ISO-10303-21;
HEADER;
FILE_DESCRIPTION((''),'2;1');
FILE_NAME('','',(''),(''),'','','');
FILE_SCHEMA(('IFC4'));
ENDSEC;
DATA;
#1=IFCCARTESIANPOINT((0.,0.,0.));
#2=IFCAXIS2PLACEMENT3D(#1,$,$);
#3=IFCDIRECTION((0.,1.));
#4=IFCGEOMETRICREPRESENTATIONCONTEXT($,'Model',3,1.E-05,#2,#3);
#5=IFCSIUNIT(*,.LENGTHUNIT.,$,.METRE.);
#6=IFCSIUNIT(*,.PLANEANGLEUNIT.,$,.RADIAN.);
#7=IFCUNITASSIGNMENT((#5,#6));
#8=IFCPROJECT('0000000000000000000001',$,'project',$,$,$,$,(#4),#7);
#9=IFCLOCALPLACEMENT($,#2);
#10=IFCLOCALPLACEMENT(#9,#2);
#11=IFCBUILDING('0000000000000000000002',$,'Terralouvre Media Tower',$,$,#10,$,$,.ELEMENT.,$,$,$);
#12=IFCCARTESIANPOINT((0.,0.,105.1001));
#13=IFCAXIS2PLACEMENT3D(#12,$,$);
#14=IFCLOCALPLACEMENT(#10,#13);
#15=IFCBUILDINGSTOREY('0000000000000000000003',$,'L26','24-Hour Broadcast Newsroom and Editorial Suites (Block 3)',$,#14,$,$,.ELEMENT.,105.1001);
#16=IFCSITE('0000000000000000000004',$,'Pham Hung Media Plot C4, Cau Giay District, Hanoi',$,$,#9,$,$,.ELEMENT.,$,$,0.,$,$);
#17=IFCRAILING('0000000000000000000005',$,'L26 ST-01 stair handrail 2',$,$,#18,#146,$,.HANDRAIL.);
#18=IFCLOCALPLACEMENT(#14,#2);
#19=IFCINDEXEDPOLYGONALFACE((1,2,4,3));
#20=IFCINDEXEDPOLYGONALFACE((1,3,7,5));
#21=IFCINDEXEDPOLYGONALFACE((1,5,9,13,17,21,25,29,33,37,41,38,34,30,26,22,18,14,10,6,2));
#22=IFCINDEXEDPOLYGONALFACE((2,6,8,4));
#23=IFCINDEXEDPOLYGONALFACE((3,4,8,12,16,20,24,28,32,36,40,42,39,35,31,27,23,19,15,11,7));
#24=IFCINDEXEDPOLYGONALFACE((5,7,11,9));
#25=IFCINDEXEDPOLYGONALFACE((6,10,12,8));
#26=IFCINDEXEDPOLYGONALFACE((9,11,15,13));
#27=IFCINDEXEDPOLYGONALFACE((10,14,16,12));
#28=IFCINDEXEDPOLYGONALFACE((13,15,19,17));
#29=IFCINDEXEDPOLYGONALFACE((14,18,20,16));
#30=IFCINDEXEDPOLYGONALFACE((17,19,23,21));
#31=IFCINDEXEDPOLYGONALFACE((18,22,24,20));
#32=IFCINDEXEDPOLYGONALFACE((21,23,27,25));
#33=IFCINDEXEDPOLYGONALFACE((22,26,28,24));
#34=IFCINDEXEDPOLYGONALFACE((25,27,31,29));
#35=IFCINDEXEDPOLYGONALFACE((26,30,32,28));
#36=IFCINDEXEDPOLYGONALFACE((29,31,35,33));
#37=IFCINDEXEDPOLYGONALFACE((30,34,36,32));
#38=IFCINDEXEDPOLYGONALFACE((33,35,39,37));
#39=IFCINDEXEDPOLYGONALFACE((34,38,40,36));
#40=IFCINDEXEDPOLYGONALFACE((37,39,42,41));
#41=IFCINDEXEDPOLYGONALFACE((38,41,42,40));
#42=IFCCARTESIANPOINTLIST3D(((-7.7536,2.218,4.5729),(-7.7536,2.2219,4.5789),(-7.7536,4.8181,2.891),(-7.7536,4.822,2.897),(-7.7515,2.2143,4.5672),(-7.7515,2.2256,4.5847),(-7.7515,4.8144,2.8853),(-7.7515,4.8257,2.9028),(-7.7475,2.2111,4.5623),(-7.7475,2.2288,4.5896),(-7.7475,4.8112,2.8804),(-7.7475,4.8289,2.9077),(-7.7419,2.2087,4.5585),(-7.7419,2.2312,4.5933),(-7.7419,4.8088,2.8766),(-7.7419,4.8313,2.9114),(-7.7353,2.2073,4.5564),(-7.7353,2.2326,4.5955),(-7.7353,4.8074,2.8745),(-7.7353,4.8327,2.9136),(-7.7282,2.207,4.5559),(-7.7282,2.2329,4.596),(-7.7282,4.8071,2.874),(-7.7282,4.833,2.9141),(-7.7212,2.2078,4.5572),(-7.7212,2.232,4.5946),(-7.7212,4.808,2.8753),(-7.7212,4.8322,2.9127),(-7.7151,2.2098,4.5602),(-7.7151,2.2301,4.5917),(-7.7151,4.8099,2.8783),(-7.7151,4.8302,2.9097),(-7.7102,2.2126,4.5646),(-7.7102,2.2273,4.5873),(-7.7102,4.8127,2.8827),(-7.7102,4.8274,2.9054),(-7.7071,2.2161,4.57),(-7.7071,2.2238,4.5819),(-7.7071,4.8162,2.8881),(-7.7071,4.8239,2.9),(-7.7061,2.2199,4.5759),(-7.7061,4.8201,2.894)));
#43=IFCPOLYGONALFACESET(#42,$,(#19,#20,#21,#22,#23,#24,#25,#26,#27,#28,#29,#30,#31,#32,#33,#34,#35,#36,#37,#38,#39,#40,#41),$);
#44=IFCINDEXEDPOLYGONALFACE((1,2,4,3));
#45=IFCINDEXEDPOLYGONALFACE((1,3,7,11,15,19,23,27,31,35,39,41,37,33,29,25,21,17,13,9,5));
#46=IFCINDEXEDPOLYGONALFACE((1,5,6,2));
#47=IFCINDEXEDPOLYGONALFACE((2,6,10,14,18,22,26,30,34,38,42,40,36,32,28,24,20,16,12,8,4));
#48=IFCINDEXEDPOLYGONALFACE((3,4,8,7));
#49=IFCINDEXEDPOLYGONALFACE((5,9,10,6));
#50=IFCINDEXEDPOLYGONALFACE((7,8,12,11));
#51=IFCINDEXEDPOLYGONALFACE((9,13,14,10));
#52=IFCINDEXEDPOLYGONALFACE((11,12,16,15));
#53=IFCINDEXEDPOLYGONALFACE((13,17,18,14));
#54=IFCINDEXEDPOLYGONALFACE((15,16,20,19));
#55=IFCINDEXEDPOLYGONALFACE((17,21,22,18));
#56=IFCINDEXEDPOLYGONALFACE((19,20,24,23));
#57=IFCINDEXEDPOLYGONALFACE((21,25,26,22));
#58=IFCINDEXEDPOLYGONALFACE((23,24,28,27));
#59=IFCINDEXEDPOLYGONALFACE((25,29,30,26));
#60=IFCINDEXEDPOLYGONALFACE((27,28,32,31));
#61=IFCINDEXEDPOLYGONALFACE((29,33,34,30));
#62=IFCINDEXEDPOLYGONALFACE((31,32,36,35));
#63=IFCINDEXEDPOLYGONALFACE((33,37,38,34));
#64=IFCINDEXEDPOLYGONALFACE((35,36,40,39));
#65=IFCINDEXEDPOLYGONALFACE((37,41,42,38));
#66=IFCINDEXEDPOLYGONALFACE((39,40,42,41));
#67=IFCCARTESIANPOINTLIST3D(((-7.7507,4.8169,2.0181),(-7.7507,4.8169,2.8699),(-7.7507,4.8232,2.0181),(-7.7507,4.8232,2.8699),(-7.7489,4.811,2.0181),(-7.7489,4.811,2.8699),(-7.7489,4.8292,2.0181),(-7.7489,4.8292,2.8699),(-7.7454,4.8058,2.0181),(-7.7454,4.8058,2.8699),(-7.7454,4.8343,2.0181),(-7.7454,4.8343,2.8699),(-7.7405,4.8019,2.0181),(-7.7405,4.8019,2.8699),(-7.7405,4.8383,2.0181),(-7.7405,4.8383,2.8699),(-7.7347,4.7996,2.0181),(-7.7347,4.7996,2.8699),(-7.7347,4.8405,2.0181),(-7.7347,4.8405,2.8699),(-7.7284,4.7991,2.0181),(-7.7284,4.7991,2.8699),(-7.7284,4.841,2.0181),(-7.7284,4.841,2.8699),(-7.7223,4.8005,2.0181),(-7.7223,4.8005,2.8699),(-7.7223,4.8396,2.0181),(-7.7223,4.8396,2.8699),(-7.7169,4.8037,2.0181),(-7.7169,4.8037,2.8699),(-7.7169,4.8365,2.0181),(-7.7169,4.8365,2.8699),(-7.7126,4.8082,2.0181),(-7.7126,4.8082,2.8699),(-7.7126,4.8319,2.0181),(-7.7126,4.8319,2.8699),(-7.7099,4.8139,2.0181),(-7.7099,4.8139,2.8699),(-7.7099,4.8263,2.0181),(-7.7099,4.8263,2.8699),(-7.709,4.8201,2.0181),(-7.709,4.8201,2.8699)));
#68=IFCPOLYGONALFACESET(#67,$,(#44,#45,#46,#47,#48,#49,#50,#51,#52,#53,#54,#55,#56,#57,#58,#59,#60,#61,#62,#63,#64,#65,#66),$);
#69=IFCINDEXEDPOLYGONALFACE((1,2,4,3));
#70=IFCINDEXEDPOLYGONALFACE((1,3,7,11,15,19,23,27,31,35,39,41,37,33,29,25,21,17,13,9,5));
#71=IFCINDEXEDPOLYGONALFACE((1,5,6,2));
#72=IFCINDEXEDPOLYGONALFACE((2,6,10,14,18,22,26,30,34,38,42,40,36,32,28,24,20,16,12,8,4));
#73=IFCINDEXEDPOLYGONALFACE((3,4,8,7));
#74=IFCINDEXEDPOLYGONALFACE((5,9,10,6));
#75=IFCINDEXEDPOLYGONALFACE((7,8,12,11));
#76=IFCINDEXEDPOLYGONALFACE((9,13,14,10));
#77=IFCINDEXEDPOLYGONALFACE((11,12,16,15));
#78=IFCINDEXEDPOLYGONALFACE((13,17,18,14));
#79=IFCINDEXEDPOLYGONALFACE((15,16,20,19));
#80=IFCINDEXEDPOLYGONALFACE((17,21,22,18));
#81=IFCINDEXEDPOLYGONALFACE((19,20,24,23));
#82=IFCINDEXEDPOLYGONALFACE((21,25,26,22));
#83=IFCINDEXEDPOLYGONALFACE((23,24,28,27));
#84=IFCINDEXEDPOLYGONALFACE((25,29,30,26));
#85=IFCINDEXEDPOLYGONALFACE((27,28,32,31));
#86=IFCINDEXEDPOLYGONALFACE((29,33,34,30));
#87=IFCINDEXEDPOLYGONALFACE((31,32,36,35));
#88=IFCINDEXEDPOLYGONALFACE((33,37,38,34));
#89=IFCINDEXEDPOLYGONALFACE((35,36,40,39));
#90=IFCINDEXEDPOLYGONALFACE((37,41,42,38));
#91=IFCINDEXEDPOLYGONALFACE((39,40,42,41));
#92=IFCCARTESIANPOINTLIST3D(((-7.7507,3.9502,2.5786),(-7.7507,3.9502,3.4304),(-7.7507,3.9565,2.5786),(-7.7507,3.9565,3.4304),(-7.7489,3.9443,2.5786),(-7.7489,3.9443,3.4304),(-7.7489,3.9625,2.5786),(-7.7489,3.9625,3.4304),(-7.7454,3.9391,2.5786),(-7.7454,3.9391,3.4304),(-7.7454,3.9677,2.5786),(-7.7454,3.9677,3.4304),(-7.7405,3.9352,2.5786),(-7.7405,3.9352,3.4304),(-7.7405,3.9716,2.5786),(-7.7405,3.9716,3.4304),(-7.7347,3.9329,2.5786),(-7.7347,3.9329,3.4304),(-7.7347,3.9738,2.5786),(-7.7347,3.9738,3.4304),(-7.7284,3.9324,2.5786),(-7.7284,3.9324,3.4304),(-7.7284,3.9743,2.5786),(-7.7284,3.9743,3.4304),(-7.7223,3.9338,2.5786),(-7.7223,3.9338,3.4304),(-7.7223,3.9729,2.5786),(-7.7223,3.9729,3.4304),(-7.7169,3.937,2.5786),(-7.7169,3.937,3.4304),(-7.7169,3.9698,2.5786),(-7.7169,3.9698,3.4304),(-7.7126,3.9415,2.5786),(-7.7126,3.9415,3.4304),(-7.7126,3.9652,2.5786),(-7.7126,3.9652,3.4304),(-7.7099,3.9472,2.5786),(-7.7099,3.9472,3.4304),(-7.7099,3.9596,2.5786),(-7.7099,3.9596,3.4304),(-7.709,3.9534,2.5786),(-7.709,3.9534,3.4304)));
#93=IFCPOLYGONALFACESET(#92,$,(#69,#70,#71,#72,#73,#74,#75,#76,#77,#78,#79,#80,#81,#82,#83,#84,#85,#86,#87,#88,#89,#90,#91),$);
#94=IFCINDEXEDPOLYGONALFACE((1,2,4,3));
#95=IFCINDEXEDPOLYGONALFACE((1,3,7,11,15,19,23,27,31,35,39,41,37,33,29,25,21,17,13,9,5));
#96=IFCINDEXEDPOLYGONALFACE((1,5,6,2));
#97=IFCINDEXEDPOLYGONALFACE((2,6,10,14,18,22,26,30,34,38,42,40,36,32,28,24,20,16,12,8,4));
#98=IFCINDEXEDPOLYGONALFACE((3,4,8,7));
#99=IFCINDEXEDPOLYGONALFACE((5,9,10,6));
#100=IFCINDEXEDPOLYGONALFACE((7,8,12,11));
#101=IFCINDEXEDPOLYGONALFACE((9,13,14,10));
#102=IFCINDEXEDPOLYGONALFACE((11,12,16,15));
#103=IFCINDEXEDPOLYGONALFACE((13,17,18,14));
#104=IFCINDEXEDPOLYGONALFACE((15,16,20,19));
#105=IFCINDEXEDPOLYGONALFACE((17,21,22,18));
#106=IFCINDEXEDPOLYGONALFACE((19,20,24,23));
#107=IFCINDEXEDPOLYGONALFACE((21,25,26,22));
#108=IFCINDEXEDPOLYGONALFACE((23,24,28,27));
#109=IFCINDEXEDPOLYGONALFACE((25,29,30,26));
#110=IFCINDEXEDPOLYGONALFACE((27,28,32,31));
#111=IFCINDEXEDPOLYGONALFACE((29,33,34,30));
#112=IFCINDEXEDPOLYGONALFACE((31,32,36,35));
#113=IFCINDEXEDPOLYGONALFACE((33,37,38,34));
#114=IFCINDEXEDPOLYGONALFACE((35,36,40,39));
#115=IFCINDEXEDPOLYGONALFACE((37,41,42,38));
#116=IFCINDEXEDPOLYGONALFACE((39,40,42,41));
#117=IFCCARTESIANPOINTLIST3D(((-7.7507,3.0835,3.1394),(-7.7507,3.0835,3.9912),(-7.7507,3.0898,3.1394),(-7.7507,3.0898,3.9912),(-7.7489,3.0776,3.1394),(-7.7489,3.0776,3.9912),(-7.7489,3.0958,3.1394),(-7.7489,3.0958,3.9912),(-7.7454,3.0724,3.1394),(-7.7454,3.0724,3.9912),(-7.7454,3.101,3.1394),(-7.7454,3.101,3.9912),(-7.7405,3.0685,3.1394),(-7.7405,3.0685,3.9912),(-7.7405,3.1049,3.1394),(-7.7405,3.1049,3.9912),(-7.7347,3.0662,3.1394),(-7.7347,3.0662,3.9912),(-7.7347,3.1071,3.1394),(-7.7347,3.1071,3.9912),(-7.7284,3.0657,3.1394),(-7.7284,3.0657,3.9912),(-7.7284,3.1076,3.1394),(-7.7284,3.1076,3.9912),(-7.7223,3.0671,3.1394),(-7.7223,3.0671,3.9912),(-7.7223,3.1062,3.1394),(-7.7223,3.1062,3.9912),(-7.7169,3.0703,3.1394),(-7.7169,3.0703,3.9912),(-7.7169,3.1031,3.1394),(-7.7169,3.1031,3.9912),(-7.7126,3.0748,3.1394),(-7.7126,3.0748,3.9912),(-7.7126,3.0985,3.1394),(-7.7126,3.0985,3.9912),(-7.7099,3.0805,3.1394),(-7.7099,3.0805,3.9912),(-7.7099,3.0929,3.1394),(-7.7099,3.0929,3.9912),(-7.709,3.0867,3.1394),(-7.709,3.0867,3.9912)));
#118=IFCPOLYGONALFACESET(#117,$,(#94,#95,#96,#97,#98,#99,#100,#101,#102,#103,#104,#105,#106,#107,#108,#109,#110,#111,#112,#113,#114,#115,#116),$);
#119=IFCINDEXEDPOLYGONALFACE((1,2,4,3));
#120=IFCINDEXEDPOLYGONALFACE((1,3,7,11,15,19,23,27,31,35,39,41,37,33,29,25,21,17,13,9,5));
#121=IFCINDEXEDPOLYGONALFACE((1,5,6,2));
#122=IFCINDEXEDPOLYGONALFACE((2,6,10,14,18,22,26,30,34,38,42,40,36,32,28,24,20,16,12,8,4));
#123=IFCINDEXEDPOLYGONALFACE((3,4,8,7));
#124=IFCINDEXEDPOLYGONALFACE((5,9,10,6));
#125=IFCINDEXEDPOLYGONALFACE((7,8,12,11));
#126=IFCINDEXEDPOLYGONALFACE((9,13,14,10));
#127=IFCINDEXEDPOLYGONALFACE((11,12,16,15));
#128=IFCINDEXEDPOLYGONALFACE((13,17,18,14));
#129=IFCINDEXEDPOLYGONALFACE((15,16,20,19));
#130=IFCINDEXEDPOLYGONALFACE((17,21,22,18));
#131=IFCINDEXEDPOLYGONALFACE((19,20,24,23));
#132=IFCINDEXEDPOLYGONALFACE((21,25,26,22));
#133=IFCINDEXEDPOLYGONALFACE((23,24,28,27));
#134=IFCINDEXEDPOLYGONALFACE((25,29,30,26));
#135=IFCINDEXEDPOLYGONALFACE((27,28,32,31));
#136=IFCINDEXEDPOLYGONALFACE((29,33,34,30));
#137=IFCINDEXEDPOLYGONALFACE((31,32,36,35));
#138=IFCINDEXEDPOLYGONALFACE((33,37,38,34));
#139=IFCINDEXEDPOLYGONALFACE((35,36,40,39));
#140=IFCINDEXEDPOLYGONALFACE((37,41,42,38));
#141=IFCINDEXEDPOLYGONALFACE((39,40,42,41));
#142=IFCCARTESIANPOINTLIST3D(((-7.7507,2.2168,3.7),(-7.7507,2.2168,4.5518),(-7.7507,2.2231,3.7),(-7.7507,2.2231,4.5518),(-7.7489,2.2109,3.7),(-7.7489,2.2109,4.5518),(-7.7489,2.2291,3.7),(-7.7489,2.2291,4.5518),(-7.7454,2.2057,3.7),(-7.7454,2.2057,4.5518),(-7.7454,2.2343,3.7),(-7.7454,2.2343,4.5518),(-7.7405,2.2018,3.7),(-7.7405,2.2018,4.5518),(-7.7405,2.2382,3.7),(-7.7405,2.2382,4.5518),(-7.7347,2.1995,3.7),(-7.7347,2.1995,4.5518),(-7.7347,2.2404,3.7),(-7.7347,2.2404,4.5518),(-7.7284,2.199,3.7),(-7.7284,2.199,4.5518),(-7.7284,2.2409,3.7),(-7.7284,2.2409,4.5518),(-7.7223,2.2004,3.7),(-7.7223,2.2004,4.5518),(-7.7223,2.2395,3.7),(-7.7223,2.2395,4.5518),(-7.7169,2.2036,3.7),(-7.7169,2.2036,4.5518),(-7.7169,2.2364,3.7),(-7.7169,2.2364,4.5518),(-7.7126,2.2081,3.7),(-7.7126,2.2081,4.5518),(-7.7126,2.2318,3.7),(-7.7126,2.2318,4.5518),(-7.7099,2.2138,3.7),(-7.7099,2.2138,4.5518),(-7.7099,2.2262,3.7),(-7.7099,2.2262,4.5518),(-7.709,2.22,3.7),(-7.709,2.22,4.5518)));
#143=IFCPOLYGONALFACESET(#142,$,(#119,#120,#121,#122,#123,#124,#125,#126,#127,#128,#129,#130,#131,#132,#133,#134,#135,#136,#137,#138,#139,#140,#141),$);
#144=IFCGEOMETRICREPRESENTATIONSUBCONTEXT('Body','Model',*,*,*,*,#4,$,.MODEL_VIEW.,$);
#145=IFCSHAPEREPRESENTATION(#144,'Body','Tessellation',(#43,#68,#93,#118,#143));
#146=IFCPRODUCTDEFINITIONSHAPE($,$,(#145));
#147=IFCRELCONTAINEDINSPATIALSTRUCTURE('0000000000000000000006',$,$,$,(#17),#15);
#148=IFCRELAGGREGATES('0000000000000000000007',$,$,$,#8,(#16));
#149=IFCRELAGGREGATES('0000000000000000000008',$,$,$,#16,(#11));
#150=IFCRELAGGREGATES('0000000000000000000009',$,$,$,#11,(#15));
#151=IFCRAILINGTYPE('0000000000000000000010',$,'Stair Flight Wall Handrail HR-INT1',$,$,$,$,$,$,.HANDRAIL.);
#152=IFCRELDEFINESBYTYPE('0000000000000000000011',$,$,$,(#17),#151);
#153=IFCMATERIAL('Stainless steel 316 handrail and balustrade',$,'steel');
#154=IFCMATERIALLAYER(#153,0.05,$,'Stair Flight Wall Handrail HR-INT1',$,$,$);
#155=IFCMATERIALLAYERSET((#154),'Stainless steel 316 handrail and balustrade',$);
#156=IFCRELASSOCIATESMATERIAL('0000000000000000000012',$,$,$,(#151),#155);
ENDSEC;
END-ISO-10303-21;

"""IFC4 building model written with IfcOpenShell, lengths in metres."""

from ifc_helpers import new_model, si_unit, direction, frame, origin, origin_2d, place, context, subcontext, project, spatial, circle, extrude, material, layer, layer_set, type_object, element, save


model = new_model("IFC4")

# Units and contexts
model_context = context("Model", 3, precision=1e-05, world=origin(), true_north=direction((0.0, 1.0)))
body_context = subcontext(model_context, "Body", "Model", "MODEL_VIEW")
ifc_project = project(units=[si_unit("LENGTHUNIT", "METRE"), si_unit("PLANEANGLEUNIT", "RADIAN")], contexts=[model_context])

# Site, building, storey
site_placement = place(None, origin())
site = spatial("IfcSite", under=ifc_project, at=site_placement, Name="Pham Hung Media Plot C4, Cau Giay District, Hanoi", CompositionType="ELEMENT", RefElevation=0.0)
building_placement = place(site_placement, origin())
building = spatial("IfcBuilding", under=site, at=building_placement, Name="Terralouvre Media Tower", CompositionType="ELEMENT")
storey_placement = place(building_placement, frame((0.0, 0.0, 105.1001)))
storey = spatial("IfcBuildingStorey", under=building, at=storey_placement, Name="L26", Description="24-Hour Broadcast Newsroom and Editorial Suites (Block 3)", CompositionType="ELEMENT", Elevation=105.1001)

# Railing
ifc_material_1 = material(Name="Stainless steel 316 handrail and balustrade", Category="steel")
ifc_layer_1 = layer(ifc_material_1, 0.05, Name="Stair Flight Wall Handrail HR-INT1")
ifc_layer_set_1 = layer_set([ifc_layer_1], Name="Stainless steel 316 handrail and balustrade")
railing_type_1 = type_object("IfcRailingType", Name="Stair Flight Wall Handrail HR-INT1", PredefinedType="HANDRAIL", material=ifc_layer_set_1)
railing_1_placement = place(storey_placement, frame((-7.73, 4.8201, 2.0181)))
element("IfcRailing", 1, at=railing_1_placement, inside=storey, type_object=railing_type_1, Name="L26 ST-01 stair handrail 2", PredefinedType="HANDRAIL", context=body_context, shape_type="SweptSolid", body=[
    extrude(circle(Radius=0.0239, at=origin_2d()), frame((0.0, 0.0, 0.876), z_axis=(0.0, -0.839648, 0.54313), x_axis=(1.0, 0.0, 0.0)), (0.0, 0.0, 1.0), 3.0967),
    extrude(circle(Radius=0.021, at=origin_2d()), origin(), (0.0, 0.0, 1.0), 0.8518),
    extrude(circle(Radius=0.021, at=origin_2d()), frame((0.0, -0.8667, 0.5605)), (0.0, 0.0, 1.0), 0.8518),
    extrude(circle(Radius=0.021, at=origin_2d()), frame((0.0, -1.7334, 1.1213)), (0.0, 0.0, 1.0), 0.8518),
    extrude(circle(Radius=0.021, at=origin_2d()), frame((0.0, -2.6001, 1.6819)), (0.0, 0.0, 1.0), 0.8518),
])

save(model, "model.ifc")
